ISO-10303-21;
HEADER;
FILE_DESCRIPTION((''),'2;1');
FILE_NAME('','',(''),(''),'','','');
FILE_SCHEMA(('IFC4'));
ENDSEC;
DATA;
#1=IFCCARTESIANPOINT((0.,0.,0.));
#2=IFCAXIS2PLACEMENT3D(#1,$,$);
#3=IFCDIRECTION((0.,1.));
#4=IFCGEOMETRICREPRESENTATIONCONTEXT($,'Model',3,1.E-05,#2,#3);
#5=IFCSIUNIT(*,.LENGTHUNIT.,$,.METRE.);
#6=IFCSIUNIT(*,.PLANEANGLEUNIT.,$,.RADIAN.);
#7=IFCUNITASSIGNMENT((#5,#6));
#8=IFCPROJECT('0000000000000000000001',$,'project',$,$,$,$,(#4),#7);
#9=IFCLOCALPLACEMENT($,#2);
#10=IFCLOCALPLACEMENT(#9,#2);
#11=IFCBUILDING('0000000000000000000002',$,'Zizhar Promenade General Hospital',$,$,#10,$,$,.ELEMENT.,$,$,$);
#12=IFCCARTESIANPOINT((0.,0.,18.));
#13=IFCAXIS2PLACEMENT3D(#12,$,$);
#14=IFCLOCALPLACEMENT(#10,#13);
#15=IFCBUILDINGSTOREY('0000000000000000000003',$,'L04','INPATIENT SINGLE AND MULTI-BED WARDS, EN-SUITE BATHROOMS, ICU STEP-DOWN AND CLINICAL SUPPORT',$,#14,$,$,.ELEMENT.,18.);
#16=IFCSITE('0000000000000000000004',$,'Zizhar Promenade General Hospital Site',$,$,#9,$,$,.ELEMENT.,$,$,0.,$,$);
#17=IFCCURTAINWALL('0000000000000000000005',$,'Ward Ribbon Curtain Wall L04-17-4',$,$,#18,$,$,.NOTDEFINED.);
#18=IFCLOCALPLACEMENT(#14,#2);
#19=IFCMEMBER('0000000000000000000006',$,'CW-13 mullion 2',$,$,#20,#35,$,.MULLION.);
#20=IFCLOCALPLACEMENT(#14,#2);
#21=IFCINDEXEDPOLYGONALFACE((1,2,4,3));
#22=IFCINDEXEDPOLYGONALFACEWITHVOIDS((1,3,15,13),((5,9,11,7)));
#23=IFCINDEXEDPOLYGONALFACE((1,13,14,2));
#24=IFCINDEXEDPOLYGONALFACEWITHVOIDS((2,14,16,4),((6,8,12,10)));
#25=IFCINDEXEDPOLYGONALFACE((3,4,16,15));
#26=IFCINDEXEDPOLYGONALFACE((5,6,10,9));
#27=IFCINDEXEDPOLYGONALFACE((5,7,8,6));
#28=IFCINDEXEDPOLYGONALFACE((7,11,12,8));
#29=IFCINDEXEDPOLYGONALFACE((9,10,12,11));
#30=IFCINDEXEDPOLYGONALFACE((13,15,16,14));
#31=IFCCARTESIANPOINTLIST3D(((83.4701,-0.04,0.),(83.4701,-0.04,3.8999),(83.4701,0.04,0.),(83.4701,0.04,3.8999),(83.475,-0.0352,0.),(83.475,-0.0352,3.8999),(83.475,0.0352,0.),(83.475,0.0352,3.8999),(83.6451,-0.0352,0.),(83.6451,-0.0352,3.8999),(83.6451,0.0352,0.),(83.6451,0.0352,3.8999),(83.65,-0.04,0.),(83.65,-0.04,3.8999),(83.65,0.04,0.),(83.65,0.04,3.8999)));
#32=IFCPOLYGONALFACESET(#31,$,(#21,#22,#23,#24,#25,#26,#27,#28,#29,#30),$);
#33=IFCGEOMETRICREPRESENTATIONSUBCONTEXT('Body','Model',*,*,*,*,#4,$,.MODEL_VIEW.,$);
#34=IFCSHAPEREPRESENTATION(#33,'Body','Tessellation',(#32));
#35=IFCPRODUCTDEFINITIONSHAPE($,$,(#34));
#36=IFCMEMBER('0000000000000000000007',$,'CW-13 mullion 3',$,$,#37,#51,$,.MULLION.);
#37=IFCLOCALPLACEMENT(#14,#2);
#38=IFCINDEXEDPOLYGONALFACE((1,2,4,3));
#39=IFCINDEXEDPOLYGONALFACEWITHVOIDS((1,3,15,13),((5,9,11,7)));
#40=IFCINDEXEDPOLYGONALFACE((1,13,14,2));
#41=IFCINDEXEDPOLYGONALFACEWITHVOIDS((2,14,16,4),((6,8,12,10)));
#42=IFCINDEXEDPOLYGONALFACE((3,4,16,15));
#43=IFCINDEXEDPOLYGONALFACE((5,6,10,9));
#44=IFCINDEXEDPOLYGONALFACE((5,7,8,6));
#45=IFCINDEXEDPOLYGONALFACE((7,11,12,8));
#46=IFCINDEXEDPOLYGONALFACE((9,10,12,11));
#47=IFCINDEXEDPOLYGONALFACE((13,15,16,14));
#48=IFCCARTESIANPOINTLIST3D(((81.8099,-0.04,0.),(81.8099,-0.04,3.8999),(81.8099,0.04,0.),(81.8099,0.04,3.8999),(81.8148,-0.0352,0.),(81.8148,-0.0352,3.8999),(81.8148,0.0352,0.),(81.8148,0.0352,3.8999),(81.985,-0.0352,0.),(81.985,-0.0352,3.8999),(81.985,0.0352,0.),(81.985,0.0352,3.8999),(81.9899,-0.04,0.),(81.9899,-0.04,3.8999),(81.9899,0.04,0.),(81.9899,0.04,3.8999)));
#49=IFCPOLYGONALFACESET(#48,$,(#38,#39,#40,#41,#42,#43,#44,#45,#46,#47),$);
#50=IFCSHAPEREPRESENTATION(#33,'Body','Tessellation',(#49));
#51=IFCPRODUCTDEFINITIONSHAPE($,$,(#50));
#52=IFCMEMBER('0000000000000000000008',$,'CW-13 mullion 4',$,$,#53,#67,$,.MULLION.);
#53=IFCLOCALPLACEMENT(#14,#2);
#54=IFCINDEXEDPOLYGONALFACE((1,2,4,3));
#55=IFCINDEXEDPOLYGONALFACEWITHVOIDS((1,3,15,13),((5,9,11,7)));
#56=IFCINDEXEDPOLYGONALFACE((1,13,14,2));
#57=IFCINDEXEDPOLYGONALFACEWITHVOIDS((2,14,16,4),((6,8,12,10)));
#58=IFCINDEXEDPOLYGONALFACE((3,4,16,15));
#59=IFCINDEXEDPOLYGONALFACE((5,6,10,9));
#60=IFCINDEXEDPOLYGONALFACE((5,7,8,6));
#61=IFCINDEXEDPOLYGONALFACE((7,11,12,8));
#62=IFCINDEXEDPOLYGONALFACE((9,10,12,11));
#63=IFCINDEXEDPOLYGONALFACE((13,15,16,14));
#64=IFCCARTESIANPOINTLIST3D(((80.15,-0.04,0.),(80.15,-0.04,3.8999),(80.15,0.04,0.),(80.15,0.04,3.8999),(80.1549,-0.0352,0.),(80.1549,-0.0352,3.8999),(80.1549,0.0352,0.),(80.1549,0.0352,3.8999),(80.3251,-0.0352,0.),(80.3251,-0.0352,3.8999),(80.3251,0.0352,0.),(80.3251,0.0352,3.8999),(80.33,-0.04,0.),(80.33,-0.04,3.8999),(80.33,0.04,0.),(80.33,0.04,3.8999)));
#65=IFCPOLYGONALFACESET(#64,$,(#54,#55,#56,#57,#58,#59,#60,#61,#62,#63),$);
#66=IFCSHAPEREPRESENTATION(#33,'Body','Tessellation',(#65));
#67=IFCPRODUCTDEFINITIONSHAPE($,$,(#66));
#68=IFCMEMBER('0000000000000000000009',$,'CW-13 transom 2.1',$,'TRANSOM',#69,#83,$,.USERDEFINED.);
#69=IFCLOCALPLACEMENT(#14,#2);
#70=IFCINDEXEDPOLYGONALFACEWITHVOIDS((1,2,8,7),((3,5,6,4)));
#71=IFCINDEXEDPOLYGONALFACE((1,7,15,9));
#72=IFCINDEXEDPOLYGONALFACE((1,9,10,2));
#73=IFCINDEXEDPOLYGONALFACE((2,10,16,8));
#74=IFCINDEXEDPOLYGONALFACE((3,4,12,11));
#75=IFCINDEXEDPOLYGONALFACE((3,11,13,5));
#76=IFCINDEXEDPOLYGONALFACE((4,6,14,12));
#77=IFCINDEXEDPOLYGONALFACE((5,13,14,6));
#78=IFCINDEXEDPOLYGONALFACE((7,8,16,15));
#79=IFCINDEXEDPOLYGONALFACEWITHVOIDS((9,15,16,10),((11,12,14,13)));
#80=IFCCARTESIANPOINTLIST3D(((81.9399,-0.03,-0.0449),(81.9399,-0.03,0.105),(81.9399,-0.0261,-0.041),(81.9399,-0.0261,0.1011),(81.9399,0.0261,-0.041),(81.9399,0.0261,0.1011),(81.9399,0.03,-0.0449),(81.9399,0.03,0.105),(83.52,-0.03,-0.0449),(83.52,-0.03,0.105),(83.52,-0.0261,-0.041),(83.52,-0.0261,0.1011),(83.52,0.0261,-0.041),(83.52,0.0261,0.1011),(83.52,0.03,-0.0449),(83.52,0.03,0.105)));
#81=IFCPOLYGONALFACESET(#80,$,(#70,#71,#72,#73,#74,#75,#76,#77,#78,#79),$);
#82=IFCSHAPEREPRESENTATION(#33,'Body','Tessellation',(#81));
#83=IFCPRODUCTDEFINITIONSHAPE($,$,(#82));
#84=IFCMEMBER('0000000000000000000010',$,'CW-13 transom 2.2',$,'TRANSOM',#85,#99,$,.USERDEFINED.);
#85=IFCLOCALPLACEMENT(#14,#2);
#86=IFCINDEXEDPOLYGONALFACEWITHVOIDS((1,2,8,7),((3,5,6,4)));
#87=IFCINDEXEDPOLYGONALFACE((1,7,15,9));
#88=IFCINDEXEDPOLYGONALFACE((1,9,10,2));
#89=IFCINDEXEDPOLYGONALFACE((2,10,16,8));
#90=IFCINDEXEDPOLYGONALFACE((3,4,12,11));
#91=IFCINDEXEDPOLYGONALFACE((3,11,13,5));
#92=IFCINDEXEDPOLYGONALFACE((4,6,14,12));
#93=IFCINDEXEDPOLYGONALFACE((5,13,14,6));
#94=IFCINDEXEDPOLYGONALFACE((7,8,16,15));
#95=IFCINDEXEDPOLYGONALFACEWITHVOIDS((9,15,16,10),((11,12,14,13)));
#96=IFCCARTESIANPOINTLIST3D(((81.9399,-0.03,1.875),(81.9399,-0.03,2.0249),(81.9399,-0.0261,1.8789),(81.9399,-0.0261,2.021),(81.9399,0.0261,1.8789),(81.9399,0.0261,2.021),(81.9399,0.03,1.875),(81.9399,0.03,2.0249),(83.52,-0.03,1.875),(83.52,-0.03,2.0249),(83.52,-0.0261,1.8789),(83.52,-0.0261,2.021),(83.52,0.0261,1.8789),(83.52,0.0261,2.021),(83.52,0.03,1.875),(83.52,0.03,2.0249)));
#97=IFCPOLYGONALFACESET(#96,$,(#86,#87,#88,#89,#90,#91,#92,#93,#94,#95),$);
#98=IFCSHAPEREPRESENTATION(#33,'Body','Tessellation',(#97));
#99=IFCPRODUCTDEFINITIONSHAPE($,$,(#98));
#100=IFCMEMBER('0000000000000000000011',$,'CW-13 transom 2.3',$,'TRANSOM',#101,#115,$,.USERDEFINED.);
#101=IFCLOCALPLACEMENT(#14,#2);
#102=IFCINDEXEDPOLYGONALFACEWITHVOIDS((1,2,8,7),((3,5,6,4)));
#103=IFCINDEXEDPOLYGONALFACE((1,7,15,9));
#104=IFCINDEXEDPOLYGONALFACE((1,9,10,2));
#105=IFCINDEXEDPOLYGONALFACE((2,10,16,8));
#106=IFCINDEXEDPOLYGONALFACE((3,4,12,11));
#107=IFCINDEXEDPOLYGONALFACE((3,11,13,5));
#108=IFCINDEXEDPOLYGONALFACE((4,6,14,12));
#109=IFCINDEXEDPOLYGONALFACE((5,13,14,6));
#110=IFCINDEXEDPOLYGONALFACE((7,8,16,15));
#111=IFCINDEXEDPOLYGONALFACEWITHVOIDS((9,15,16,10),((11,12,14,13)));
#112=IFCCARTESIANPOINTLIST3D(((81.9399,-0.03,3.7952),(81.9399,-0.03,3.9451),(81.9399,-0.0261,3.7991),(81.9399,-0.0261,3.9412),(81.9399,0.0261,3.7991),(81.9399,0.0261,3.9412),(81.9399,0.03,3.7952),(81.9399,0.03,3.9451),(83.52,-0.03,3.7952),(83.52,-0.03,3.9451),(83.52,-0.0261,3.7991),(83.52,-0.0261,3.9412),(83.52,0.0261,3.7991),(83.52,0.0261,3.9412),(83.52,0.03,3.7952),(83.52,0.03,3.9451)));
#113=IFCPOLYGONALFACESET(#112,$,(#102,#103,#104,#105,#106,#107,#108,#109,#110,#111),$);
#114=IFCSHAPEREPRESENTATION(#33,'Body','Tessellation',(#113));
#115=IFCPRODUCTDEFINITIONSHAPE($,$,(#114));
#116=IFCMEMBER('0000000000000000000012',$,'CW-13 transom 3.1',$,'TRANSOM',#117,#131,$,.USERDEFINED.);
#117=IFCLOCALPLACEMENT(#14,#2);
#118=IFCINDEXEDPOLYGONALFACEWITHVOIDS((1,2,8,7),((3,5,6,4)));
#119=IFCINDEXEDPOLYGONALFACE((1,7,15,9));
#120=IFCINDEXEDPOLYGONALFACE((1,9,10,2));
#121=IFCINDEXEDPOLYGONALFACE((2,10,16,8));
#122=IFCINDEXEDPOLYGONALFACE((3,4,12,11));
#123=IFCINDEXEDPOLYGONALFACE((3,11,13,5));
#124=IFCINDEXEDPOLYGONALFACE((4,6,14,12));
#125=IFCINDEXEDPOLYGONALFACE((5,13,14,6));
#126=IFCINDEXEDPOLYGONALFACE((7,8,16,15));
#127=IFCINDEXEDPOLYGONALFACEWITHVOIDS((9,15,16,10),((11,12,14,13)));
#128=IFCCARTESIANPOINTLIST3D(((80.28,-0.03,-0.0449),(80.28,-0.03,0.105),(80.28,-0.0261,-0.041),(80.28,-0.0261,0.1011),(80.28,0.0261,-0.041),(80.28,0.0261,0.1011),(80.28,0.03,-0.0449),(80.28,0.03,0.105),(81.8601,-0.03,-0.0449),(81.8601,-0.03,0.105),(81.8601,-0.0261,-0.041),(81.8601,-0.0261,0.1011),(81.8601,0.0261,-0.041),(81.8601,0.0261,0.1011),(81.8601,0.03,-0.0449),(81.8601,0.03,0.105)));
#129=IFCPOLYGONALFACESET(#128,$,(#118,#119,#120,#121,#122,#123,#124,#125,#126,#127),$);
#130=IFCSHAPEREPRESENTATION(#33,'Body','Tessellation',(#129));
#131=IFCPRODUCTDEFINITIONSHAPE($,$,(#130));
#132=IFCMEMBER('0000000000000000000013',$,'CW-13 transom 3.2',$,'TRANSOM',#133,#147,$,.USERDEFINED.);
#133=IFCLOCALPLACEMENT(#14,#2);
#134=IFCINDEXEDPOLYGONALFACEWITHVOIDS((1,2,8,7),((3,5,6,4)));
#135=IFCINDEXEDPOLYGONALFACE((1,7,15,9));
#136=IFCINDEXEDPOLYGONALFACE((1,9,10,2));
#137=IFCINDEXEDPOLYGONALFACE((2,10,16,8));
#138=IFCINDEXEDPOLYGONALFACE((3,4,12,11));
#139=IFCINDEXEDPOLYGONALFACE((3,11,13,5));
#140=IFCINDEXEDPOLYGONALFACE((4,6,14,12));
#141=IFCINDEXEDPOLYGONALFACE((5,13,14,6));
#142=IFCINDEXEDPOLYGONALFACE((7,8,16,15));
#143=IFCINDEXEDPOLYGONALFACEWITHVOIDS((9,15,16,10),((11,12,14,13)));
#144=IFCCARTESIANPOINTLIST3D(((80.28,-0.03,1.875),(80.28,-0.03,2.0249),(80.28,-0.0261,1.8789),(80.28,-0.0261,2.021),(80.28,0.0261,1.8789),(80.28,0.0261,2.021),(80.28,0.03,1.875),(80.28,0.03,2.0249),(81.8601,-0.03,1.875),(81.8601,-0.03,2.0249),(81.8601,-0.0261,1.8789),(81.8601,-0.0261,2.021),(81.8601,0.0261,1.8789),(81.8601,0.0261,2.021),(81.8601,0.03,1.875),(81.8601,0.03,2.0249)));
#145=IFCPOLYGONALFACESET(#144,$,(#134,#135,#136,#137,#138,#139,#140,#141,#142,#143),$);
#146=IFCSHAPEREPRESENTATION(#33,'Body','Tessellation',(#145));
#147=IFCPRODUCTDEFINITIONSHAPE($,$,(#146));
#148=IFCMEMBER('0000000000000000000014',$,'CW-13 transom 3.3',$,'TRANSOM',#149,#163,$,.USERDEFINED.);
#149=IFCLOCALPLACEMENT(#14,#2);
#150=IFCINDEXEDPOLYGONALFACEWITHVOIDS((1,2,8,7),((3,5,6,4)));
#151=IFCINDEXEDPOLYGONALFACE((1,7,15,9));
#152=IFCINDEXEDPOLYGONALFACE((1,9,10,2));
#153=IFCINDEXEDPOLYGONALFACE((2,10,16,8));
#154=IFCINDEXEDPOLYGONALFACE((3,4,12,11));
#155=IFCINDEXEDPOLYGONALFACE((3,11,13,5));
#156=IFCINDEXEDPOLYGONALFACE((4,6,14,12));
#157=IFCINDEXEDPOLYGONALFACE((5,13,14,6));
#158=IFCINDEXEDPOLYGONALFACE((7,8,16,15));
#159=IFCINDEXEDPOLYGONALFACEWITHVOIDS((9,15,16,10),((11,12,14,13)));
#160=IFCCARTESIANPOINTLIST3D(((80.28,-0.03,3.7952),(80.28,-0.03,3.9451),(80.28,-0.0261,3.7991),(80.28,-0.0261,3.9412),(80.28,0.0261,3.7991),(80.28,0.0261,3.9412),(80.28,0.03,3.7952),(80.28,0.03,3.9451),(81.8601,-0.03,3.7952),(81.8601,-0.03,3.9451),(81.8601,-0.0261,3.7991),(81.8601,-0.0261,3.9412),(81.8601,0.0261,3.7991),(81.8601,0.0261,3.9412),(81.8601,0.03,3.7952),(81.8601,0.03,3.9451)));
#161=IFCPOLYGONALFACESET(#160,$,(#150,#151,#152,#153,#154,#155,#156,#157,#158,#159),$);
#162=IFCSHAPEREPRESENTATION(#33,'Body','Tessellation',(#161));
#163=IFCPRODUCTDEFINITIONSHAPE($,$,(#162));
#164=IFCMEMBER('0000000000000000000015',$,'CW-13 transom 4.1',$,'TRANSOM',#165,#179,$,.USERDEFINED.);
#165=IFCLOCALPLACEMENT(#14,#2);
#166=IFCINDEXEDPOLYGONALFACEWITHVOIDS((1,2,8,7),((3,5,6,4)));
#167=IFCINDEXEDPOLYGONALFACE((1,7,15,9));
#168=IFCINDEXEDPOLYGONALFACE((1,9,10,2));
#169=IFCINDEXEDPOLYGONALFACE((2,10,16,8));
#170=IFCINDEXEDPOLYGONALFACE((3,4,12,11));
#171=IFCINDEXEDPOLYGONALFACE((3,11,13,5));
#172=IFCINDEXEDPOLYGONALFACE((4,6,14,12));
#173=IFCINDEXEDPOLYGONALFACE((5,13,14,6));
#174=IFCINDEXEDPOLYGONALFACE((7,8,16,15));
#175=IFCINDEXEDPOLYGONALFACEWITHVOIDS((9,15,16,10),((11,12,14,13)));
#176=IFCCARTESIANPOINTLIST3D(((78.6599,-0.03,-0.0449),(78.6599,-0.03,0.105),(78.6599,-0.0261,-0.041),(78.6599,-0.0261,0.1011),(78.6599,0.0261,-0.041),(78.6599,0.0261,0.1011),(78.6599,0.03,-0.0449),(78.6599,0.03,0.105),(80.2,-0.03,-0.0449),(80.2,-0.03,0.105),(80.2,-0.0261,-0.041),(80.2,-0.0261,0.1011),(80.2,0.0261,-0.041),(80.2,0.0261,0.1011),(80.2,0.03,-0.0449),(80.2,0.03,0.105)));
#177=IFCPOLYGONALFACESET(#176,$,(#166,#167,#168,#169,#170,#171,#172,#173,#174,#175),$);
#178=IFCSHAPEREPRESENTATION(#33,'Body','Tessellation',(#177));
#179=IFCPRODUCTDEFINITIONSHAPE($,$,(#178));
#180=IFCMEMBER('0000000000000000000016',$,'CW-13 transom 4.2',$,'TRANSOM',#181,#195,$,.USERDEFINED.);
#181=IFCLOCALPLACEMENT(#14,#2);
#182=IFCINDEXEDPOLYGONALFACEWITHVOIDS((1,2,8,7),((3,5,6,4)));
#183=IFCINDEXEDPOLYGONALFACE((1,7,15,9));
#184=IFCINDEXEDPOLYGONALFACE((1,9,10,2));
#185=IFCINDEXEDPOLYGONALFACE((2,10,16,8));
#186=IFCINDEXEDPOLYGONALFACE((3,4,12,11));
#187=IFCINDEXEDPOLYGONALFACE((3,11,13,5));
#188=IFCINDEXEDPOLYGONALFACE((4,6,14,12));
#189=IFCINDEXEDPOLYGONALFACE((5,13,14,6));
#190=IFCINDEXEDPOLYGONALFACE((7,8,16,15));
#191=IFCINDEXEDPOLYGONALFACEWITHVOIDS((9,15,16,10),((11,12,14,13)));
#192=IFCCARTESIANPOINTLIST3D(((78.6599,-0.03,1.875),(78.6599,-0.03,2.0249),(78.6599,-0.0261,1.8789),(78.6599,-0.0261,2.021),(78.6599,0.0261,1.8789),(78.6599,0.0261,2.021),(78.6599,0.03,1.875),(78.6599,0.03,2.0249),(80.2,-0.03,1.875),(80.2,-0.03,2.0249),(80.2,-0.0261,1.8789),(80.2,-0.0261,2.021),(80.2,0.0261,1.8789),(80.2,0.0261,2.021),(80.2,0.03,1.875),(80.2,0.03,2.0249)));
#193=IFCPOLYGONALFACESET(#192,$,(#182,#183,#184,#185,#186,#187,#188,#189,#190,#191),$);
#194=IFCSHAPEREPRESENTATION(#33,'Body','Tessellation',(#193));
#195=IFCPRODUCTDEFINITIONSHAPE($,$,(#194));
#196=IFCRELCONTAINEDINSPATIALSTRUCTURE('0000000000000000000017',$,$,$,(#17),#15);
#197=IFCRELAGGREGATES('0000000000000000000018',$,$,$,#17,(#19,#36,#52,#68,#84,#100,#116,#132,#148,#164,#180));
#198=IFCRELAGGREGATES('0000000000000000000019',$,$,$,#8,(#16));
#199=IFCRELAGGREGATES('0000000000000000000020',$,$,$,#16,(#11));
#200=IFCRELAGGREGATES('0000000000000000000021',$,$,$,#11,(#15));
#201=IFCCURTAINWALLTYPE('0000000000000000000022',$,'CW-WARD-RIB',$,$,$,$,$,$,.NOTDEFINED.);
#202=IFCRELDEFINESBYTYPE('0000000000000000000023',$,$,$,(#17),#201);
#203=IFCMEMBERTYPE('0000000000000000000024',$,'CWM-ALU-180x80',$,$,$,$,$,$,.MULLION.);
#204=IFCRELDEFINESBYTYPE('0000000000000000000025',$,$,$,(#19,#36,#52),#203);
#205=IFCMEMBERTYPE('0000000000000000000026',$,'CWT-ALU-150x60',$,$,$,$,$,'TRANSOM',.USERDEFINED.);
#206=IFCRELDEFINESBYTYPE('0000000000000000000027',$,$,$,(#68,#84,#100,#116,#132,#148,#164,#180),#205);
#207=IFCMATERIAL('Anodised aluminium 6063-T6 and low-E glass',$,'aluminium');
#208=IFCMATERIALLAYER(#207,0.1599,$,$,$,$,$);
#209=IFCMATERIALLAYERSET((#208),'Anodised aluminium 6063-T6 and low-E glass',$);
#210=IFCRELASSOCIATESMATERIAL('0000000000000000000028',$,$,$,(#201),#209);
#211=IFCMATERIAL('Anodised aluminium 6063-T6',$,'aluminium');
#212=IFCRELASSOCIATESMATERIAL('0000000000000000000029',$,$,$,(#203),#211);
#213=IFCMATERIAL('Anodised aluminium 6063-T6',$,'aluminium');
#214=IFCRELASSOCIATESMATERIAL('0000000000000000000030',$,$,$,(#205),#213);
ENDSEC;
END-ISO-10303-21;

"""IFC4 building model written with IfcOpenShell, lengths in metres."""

from ifc_helpers import new_model, si_unit, direction, frame, origin, origin_2d, place, context, subcontext, project, spatial, hollow_rectangle, extrude, material, layer, layer_set, material_profile, profile_set, type_object, element, aggregate, save


model = new_model("IFC4")

# Units and contexts
model_context = context("Model", 3, precision=1e-05, world=origin(), true_north=direction((0.0, 1.0)))
body_context = subcontext(model_context, "Body", "Model", "MODEL_VIEW")
ifc_project = project(units=[si_unit("LENGTHUNIT", "METRE"), si_unit("PLANEANGLEUNIT", "RADIAN")], contexts=[model_context])

# Site, building, storey
site_placement = place(None, origin())
site = spatial("IfcSite", under=ifc_project, at=site_placement, Name="Zizhar Promenade General Hospital Site", CompositionType="ELEMENT", RefElevation=0.0)
building_placement = place(site_placement, origin())
building = spatial("IfcBuilding", under=site, at=building_placement, Name="Zizhar Promenade General Hospital", CompositionType="ELEMENT")
storey_placement = place(building_placement, frame((0.0, 0.0, 18.0)))
storey = spatial("IfcBuildingStorey", under=building, at=storey_placement, Name="L04", Description="INPATIENT SINGLE AND MULTI-BED WARDS, EN-SUITE BATHROOMS, ICU STEP-DOWN AND CLINICAL SUPPORT", CompositionType="ELEMENT", Elevation=18.0)

# Curtain wall, members
ifc_material_1 = material(Name="Anodised aluminium 6063-T6 and low-E glass", Category="aluminium")
ifc_layer_1 = layer(ifc_material_1, 0.1599)
ifc_layer_set_1 = layer_set([ifc_layer_1], Name="Anodised aluminium 6063-T6 and low-E glass")
curtain_wall_type = type_object("IfcCurtainWallType", Name="CW-WARD-RIB", PredefinedType="NOTDEFINED", material=ifc_layer_set_1)
curtain_wall_placement = place(storey_placement, origin())
curtain_wall = element("IfcCurtainWall", 1, at=curtain_wall_placement, inside=storey, type_object=curtain_wall_type, Name="Ward Ribbon Curtain Wall L04-17-4", PredefinedType="NOTDEFINED")
ifc_material_2 = material(Name="Anodised aluminium 6063-T6", Category="aluminium")
ifc_material_profile_1 = material_profile(ifc_material_2, hollow_rectangle(XDim=0.0801, YDim=0.1799, WallThickness=0.0049, at=origin_2d()))
ifc_profile_set_1 = profile_set([ifc_material_profile_1], Name="Anodised aluminium 6063-T6")
member_type_1 = type_object("IfcMemberType", Name="CWM-ALU-180x80", PredefinedType="MULLION", material=ifc_profile_set_1)
member_1_placement = place(storey_placement, frame((83.5601, 0.0, 0.0), z_axis=(0.0, 0.0, 1.0), x_axis=(0.0, -1.0, 0.0)))
member_1 = element("IfcMember", 2, at=member_1_placement, type_object=member_type_1, Name="CW-13 mullion 2", PredefinedType="MULLION", context=body_context, shape_type="SweptSolid", body=[
    extrude(hollow_rectangle(XDim=0.0801, YDim=0.1799, WallThickness=0.0049, at=origin_2d()), origin(), (0.0, 0.0, 1.0), 3.8999),
])
member_2_placement = place(storey_placement, frame((81.8999, 0.0, 0.0), z_axis=(0.0, 0.0, 1.0), x_axis=(0.0, -1.0, 0.0)))
member_2 = element("IfcMember", 3, at=member_2_placement, type_object=member_type_1, Name="CW-13 mullion 3", PredefinedType="MULLION", context=body_context, shape_type="SweptSolid", body=[
    extrude(hollow_rectangle(XDim=0.0801, YDim=0.1799, WallThickness=0.0049, at=origin_2d()), origin(), (0.0, 0.0, 1.0), 3.8999),
])
member_3_placement = place(storey_placement, frame((80.24, 0.0, 0.0), z_axis=(0.0, 0.0, 1.0), x_axis=(0.0, -1.0, 0.0)))
member_3 = element("IfcMember", 4, at=member_3_placement, type_object=member_type_1, Name="CW-13 mullion 4", PredefinedType="MULLION", context=body_context, shape_type="SweptSolid", body=[
    extrude(hollow_rectangle(XDim=0.0801, YDim=0.1799, WallThickness=0.0049, at=origin_2d()), origin(), (0.0, 0.0, 1.0), 3.8999),
])
ifc_material_3 = material(Name="Anodised aluminium 6063-T6", Category="aluminium")
ifc_material_profile_2 = material_profile(ifc_material_3, hollow_rectangle(XDim=0.0601, YDim=0.1499, WallThickness=0.0039, at=origin_2d()))
ifc_profile_set_2 = profile_set([ifc_material_profile_2], Name="Anodised aluminium 6063-T6")
member_type_2 = type_object("IfcMemberType", Name="CWT-ALU-150x60", ElementType="TRANSOM", PredefinedType="USERDEFINED", material=ifc_profile_set_2)
member_4_placement = place(storey_placement, frame((83.52, 0.0, 0.03), z_axis=(-1.0, 0.0, 0.0), x_axis=(0.0, -1.0, 0.0)))
member_4 = element("IfcMember", 5, at=member_4_placement, type_object=member_type_2, Name="CW-13 transom 2.1", ObjectType="TRANSOM", PredefinedType="USERDEFINED", context=body_context, shape_type="SweptSolid", body=[
    extrude(hollow_rectangle(XDim=0.0601, YDim=0.1499, WallThickness=0.0039, at=origin_2d()), origin(), (0.0, 0.0, 1.0), 1.5801),
])
member_5_placement = place(storey_placement, frame((83.52, 0.0, 1.95), z_axis=(-1.0, 0.0, 0.0), x_axis=(0.0, -1.0, 0.0)))
member_5 = element("IfcMember", 6, at=member_5_placement, type_object=member_type_2, Name="CW-13 transom 2.2", ObjectType="TRANSOM", PredefinedType="USERDEFINED", context=body_context, shape_type="SweptSolid", body=[
    extrude(hollow_rectangle(XDim=0.0601, YDim=0.1499, WallThickness=0.0039, at=origin_2d()), origin(), (0.0, 0.0, 1.0), 1.5801),
])
member_6_placement = place(storey_placement, frame((83.52, 0.0, 3.8701), z_axis=(-1.0, 0.0, 0.0), x_axis=(0.0, -1.0, 0.0)))
member_6 = element("IfcMember", 7, at=member_6_placement, type_object=member_type_2, Name="CW-13 transom 2.3", ObjectType="TRANSOM", PredefinedType="USERDEFINED", context=body_context, shape_type="SweptSolid", body=[
    extrude(hollow_rectangle(XDim=0.0601, YDim=0.1499, WallThickness=0.0039, at=origin_2d()), origin(), (0.0, 0.0, 1.0), 1.5801),
])
member_7_placement = place(storey_placement, frame((81.8601, 0.0, 0.03), z_axis=(-1.0, 0.0, 0.0), x_axis=(0.0, -1.0, 0.0)))
member_7 = element("IfcMember", 8, at=member_7_placement, type_object=member_type_2, Name="CW-13 transom 3.1", ObjectType="TRANSOM", PredefinedType="USERDEFINED", context=body_context, shape_type="SweptSolid", body=[
    extrude(hollow_rectangle(XDim=0.0601, YDim=0.1499, WallThickness=0.0039, at=origin_2d()), origin(), (0.0, 0.0, 1.0), 1.5801),
])
member_8_placement = place(storey_placement, frame((81.8601, 0.0, 1.95), z_axis=(-1.0, 0.0, 0.0), x_axis=(0.0, -1.0, 0.0)))
member_8 = element("IfcMember", 9, at=member_8_placement, type_object=member_type_2, Name="CW-13 transom 3.2", ObjectType="TRANSOM", PredefinedType="USERDEFINED", context=body_context, shape_type="SweptSolid", body=[
    extrude(hollow_rectangle(XDim=0.0601, YDim=0.1499, WallThickness=0.0039, at=origin_2d()), origin(), (0.0, 0.0, 1.0), 1.5801),
])
member_9_placement = place(storey_placement, frame((81.8601, 0.0, 3.8701), z_axis=(-1.0, 0.0, 0.0), x_axis=(0.0, -1.0, 0.0)))
member_9 = element("IfcMember", 10, at=member_9_placement, type_object=member_type_2, Name="CW-13 transom 3.3", ObjectType="TRANSOM", PredefinedType="USERDEFINED", context=body_context, shape_type="SweptSolid", body=[
    extrude(hollow_rectangle(XDim=0.0601, YDim=0.1499, WallThickness=0.0039, at=origin_2d()), origin(), (0.0, 0.0, 1.0), 1.5801),
])
member_10_placement = place(storey_placement, frame((80.2, 0.0, 0.03), z_axis=(-1.0, 0.0, 0.0), x_axis=(0.0, -1.0, 0.0)))
member_10 = element("IfcMember", 11, at=member_10_placement, type_object=member_type_2, Name="CW-13 transom 4.1", ObjectType="TRANSOM", PredefinedType="USERDEFINED", context=body_context, shape_type="SweptSolid", body=[
    extrude(hollow_rectangle(XDim=0.0601, YDim=0.1499, WallThickness=0.0039, at=origin_2d()), origin(), (0.0, 0.0, 1.0), 1.54),
])
member_11_placement = place(storey_placement, frame((80.2, 0.0, 1.95), z_axis=(-1.0, 0.0, 0.0), x_axis=(0.0, -1.0, 0.0)))
member_11 = element("IfcMember", 12, at=member_11_placement, type_object=member_type_2, Name="CW-13 transom 4.2", ObjectType="TRANSOM", PredefinedType="USERDEFINED", context=body_context, shape_type="SweptSolid", body=[
    extrude(hollow_rectangle(XDim=0.0601, YDim=0.1499, WallThickness=0.0039, at=origin_2d()), origin(), (0.0, 0.0, 1.0), 1.54),
])
aggregate(curtain_wall, [member_1, member_2, member_3, member_4, member_5, member_6, member_7, member_8, member_9, member_10, member_11])

save(model, "model.ifc")
